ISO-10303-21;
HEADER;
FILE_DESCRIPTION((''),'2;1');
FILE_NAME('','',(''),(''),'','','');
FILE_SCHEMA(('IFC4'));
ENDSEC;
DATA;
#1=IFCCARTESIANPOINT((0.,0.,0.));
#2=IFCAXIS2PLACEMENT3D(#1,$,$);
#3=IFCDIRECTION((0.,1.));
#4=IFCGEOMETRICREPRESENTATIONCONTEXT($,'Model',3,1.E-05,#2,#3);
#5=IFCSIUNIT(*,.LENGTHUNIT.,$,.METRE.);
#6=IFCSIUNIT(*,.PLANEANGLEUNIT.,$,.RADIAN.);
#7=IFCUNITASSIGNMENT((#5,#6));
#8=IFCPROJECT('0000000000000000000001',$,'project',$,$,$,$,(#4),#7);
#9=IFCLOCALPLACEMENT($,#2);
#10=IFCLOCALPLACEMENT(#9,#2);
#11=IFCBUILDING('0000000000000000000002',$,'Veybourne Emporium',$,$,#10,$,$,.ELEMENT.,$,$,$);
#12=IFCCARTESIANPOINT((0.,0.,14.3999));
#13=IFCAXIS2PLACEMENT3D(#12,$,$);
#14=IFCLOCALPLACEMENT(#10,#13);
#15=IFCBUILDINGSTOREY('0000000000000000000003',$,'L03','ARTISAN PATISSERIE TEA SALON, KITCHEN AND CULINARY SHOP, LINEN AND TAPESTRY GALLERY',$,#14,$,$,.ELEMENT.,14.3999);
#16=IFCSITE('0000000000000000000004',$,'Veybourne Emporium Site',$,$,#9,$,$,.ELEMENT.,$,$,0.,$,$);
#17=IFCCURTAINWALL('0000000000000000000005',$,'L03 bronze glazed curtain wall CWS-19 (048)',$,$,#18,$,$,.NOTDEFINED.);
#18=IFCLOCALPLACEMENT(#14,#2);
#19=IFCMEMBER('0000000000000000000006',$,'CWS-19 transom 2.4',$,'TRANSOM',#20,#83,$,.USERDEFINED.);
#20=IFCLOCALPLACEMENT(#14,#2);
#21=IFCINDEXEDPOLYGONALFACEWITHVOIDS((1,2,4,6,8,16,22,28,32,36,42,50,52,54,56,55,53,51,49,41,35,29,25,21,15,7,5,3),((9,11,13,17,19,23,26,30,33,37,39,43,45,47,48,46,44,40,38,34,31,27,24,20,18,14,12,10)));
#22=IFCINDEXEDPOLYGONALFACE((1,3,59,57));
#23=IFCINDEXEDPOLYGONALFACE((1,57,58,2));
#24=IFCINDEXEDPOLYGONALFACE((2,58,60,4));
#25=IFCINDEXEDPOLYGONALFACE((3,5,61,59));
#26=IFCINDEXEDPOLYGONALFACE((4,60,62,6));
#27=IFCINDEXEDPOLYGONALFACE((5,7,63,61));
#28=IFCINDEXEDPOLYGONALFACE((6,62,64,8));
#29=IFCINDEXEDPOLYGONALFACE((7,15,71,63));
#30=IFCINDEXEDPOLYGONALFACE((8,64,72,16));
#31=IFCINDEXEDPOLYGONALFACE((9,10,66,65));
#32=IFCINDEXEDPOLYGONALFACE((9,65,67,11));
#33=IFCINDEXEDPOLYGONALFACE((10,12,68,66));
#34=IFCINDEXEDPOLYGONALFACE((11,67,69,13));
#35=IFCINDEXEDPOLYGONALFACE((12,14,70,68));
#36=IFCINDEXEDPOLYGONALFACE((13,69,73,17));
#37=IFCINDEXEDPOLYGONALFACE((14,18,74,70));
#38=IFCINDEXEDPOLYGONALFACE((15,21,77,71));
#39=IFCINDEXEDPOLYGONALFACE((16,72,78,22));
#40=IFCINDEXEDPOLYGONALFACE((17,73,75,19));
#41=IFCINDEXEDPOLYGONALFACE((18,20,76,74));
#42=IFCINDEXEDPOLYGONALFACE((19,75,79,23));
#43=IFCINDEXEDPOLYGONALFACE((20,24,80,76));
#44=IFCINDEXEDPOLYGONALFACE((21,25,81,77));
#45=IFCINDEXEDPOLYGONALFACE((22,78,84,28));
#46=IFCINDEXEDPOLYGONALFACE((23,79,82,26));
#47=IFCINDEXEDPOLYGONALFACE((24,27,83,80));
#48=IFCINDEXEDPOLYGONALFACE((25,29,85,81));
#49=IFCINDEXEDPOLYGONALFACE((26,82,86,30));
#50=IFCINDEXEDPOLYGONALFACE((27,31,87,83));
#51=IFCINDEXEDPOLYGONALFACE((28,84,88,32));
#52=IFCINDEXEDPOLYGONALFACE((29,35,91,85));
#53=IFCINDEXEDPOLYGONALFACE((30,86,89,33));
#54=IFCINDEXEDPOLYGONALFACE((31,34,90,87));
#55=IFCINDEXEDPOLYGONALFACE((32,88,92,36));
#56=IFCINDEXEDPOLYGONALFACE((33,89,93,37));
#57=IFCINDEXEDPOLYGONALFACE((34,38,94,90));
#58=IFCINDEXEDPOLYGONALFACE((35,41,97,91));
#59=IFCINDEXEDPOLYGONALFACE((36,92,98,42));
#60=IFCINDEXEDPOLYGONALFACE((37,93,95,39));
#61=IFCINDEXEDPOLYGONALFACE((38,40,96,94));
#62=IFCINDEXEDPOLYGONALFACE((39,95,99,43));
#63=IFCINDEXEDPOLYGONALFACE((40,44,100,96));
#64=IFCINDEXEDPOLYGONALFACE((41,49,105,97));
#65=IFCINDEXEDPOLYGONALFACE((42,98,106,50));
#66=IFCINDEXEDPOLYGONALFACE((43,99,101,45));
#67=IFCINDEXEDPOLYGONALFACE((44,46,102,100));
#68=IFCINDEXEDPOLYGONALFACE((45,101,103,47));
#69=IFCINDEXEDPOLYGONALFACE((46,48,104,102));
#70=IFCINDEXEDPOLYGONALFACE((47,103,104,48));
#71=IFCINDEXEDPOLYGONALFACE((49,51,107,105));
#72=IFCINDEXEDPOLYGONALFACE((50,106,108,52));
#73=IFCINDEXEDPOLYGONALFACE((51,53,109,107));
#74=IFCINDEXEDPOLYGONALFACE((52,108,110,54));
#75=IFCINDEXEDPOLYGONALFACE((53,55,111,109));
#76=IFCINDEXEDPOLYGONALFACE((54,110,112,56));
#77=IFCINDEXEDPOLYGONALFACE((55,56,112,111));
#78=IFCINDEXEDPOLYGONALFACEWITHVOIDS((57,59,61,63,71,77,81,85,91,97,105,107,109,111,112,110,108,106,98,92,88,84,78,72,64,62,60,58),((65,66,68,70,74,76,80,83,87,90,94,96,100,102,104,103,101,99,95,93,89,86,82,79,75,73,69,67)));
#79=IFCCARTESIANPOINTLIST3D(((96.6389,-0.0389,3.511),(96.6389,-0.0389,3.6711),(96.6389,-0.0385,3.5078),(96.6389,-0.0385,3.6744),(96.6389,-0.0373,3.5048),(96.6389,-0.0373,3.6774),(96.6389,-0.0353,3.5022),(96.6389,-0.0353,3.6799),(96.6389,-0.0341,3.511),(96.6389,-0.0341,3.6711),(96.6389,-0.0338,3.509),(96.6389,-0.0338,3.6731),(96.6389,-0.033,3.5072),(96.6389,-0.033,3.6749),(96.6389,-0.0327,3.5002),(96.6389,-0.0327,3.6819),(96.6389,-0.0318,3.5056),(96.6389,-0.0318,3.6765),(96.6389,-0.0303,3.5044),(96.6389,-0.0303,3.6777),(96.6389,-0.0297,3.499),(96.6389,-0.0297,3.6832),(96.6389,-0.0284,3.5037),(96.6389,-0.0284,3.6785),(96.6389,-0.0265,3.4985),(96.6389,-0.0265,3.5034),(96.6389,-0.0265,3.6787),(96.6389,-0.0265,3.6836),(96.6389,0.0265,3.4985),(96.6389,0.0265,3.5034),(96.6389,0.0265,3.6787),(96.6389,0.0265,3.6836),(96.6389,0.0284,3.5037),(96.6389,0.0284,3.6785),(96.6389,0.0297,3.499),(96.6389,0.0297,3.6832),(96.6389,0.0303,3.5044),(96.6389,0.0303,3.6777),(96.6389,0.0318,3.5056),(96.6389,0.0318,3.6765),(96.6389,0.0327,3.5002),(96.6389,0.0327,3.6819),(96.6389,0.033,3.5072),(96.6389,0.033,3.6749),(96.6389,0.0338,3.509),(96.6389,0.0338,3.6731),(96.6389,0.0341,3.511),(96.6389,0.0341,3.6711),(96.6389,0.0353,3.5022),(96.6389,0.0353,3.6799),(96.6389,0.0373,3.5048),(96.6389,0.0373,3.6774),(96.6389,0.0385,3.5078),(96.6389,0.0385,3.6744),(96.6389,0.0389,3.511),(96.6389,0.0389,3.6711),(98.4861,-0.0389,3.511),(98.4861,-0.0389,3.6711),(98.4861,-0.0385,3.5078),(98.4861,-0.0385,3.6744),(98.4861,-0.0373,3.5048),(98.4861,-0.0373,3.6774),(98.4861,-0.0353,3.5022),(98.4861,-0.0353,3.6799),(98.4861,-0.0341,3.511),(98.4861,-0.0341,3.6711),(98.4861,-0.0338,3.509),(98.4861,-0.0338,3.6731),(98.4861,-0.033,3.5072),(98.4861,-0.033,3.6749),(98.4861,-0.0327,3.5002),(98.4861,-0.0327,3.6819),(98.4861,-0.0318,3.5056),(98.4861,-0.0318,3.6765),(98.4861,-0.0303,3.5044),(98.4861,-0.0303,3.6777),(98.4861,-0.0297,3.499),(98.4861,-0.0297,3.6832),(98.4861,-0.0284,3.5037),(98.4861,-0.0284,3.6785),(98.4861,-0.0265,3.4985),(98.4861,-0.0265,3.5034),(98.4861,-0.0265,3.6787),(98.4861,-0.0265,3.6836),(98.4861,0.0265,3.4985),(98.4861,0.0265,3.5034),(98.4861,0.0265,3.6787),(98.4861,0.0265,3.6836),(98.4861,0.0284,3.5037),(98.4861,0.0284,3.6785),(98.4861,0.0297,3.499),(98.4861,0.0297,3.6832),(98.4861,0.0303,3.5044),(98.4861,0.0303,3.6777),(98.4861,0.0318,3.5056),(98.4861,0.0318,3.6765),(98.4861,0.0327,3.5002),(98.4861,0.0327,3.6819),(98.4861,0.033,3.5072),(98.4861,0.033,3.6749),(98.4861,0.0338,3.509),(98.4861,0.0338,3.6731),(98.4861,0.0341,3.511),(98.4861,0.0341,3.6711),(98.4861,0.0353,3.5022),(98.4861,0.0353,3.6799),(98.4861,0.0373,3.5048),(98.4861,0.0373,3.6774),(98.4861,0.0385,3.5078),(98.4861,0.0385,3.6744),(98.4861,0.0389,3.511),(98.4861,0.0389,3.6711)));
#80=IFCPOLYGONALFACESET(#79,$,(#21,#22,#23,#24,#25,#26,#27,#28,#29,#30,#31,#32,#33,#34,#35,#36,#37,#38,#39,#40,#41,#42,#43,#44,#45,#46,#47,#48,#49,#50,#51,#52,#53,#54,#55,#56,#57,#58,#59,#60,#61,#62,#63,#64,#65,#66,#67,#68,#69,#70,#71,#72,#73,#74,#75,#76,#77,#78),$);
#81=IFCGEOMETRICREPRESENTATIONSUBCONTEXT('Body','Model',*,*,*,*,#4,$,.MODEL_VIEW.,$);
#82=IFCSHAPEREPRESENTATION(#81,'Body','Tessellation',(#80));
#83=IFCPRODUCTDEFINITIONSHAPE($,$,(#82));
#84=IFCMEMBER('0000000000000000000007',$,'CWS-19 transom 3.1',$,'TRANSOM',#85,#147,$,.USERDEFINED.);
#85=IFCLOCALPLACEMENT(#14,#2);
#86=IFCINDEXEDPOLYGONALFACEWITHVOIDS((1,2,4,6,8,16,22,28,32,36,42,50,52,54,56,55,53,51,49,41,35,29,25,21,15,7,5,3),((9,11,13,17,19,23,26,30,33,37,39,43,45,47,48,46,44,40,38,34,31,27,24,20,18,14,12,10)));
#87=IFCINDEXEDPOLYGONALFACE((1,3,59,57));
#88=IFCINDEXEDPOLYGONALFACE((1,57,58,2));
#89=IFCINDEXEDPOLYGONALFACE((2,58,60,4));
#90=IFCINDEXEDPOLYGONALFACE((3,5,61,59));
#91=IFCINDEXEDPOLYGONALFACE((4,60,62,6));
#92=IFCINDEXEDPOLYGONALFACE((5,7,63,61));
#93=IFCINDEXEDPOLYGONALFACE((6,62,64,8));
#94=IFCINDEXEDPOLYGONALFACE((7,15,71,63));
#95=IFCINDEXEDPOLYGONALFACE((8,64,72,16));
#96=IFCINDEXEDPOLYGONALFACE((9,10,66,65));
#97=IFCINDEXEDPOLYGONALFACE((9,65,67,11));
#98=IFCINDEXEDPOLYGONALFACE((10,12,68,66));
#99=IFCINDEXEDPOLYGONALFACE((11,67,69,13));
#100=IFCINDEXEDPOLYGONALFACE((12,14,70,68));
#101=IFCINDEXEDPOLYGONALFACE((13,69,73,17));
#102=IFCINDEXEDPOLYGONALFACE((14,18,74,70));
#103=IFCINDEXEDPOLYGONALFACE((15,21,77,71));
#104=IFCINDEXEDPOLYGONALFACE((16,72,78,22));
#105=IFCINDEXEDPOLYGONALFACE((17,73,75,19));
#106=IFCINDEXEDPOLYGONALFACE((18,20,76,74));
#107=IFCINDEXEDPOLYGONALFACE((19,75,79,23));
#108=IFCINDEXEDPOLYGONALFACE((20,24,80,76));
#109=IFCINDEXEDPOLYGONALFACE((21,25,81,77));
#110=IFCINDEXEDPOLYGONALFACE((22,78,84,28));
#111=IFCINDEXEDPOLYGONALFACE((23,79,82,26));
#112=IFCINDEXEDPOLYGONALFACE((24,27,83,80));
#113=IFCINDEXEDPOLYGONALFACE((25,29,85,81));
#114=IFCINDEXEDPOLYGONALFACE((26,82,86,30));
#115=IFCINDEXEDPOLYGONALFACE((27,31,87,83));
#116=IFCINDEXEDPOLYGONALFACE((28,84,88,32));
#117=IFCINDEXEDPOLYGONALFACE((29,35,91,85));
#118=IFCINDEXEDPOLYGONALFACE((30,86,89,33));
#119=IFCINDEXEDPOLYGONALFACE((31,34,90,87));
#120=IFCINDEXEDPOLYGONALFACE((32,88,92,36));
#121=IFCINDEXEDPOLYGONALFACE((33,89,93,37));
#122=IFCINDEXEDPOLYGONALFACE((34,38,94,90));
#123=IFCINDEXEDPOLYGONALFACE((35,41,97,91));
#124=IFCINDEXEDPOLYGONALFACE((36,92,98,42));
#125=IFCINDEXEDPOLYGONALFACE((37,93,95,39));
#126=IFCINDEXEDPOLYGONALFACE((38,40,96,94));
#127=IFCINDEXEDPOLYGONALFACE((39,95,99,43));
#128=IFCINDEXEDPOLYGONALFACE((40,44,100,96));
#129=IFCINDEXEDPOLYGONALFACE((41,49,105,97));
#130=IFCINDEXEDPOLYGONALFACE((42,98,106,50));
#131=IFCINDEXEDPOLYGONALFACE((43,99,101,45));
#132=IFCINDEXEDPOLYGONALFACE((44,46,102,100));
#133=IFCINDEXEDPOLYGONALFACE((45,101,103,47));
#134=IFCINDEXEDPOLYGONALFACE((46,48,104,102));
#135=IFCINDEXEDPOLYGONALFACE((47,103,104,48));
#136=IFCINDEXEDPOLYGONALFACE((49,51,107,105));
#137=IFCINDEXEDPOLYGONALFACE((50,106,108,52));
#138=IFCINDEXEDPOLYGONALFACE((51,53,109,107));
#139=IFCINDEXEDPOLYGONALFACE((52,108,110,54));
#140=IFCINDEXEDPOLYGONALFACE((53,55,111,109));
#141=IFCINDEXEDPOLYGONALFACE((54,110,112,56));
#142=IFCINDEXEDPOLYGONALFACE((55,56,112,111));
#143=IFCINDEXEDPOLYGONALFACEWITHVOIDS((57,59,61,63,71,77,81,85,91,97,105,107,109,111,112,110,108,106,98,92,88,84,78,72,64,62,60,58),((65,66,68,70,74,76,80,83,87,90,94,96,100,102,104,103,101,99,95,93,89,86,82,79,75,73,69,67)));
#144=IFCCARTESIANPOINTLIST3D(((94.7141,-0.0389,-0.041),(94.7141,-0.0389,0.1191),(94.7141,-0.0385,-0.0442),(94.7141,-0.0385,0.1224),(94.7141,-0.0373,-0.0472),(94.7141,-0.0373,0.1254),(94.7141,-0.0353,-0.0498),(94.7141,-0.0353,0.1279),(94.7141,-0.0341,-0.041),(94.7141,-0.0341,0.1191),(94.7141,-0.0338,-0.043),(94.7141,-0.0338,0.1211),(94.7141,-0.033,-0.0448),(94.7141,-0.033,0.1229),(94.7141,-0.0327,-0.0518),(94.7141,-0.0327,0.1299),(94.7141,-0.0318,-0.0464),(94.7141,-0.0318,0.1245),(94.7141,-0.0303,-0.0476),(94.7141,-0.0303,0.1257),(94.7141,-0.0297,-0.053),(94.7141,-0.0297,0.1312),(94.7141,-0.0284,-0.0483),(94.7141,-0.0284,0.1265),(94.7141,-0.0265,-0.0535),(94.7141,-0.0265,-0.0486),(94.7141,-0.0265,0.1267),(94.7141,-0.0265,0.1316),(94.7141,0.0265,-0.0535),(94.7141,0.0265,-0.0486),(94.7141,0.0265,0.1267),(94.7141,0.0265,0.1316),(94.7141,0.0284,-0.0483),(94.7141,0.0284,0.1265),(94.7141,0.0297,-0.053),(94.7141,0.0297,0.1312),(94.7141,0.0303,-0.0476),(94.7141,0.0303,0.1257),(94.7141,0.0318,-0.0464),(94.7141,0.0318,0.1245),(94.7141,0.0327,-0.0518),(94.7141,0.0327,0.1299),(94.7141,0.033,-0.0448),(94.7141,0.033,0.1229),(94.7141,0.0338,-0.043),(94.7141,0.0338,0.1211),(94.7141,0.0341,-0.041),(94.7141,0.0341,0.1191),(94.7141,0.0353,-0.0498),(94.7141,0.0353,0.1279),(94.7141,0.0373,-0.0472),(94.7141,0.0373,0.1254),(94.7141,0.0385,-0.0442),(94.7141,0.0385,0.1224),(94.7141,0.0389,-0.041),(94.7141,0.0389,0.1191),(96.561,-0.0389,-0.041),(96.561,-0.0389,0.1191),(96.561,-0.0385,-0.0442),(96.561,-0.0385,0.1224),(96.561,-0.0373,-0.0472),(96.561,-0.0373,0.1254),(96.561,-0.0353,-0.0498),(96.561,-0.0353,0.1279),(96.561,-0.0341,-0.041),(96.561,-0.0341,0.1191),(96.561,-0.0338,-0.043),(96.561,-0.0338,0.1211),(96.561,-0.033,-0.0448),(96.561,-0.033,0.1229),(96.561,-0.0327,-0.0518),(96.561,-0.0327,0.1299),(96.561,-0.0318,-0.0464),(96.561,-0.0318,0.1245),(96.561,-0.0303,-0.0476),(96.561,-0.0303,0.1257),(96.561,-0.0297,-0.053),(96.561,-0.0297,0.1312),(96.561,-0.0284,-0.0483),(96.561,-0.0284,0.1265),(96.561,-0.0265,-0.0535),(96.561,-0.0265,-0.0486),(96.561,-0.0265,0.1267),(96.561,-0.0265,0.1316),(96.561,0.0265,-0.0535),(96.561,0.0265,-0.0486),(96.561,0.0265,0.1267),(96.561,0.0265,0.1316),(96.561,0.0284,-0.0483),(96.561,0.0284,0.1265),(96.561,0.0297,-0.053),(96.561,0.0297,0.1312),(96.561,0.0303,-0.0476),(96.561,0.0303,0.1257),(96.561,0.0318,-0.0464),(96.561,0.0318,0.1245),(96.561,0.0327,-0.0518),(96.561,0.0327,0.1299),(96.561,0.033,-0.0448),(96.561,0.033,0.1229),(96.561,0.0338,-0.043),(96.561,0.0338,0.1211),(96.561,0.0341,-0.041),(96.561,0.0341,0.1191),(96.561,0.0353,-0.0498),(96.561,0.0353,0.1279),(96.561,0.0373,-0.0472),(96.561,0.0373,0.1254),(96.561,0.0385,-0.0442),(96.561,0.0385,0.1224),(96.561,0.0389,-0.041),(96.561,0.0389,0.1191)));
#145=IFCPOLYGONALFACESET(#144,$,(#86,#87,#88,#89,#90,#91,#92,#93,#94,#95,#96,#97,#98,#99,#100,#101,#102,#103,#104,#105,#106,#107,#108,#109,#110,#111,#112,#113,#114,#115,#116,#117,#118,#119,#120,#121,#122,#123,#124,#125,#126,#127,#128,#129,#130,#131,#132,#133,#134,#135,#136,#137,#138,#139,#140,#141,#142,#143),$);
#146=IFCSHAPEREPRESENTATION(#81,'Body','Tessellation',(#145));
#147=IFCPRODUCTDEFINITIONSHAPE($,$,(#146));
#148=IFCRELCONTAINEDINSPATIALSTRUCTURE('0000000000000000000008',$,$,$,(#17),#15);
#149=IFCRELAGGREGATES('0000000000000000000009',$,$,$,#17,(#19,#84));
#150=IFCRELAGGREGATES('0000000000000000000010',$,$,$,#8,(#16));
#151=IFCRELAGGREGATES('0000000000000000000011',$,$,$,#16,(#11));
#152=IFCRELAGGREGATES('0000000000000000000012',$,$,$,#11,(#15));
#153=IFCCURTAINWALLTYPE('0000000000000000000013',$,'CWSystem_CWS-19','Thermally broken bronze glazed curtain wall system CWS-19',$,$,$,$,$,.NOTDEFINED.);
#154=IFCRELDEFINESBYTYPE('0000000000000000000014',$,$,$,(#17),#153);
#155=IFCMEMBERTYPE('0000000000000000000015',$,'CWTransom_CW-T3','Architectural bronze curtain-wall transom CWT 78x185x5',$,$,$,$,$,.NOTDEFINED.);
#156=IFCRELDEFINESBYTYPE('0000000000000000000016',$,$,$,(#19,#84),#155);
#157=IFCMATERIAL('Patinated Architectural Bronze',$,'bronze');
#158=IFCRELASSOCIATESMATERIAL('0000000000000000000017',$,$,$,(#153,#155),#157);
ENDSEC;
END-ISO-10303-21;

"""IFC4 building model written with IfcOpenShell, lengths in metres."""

from ifc_helpers import new_model, si_unit, direction, frame, origin, origin_2d, place, context, subcontext, project, spatial, hollow_rectangle, extrude, material, material_profile, profile_set, type_object, element, aggregate, save


model = new_model("IFC4")

# Units and contexts
model_context = context("Model", 3, precision=1e-05, world=origin(), true_north=direction((0.0, 1.0)))
body_context = subcontext(model_context, "Body", "Model", "MODEL_VIEW")
ifc_project = project(units=[si_unit("LENGTHUNIT", "METRE"), si_unit("PLANEANGLEUNIT", "RADIAN")], contexts=[model_context])

# Site, building, storey
site_placement = place(None, origin())
site = spatial("IfcSite", under=ifc_project, at=site_placement, Name="Veybourne Emporium Site", CompositionType="ELEMENT", RefElevation=0.0)
building_placement = place(site_placement, origin())
building = spatial("IfcBuilding", under=site, at=building_placement, Name="Veybourne Emporium", CompositionType="ELEMENT")
storey_placement = place(building_placement, frame((0.0, 0.0, 14.3999)))
storey = spatial("IfcBuildingStorey", under=building, at=storey_placement, Name="L03", Description="ARTISAN PATISSERIE TEA SALON, KITCHEN AND CULINARY SHOP, LINEN AND TAPESTRY GALLERY", CompositionType="ELEMENT", Elevation=14.3999)

# Curtain wall, members
ifc_material_1 = material(Name="Patinated Architectural Bronze", Category="bronze")
curtain_wall_type = type_object("IfcCurtainWallType", Name="CWSystem_CWS-19", Description="Thermally broken bronze glazed curtain wall system CWS-19", PredefinedType="NOTDEFINED", material=ifc_material_1)
curtain_wall_placement = place(storey_placement, origin())
curtain_wall = element("IfcCurtainWall", 1, at=curtain_wall_placement, inside=storey, type_object=curtain_wall_type, Name="L03 bronze glazed curtain wall CWS-19 (048)", PredefinedType="NOTDEFINED")
ifc_material_profile_1 = material_profile(ifc_material_1, hollow_rectangle(XDim=0.0779, YDim=0.1851, WallThickness=0.0049, InnerFilletRadius=0.0076, OuterFilletRadius=0.0125, at=origin_2d()), Name="CWT 78x185x5")
ifc_profile_set_1 = profile_set([ifc_material_profile_1], Name="Patinated Architectural Bronze")
member_type_1 = type_object("IfcMemberType", Name="CWTransom_CW-T3", Description="Architectural bronze curtain-wall transom CWT 78x185x5", PredefinedType="NOTDEFINED", material=ifc_profile_set_1)
member_1_placement = place(storey_placement, frame((98.4861, 0.0, 3.5911), z_axis=(-1.0, 0.0, 0.0), x_axis=(0.0, -1.0, 0.0)))
member_1 = element("IfcMember", 2, at=member_1_placement, type_object=member_type_1, Name="CWS-19 transom 2.4", ObjectType="TRANSOM", PredefinedType="USERDEFINED", context=body_context, shape_type="SweptSolid", body=[
    extrude(hollow_rectangle(XDim=0.0779, YDim=0.1851, WallThickness=0.0049, InnerFilletRadius=0.0076, OuterFilletRadius=0.0125, at=origin_2d()), origin(), (0.0, 0.0, 1.0), 1.8472),
])
member_2_placement = place(storey_placement, frame((96.561, 0.0, 0.0391), z_axis=(-1.0, 0.0, 0.0), x_axis=(0.0, -1.0, 0.0)))
member_2 = element("IfcMember", 3, at=member_2_placement, type_object=member_type_1, Name="CWS-19 transom 3.1", ObjectType="TRANSOM", PredefinedType="USERDEFINED", context=body_context, shape_type="SweptSolid", body=[
    extrude(hollow_rectangle(XDim=0.0779, YDim=0.1851, WallThickness=0.0049, InnerFilletRadius=0.0076, OuterFilletRadius=0.0125, at=origin_2d()), origin(), (0.0, 0.0, 1.0), 1.8469),
])
aggregate(curtain_wall, [member_1, member_2])

save(model, "model.ifc")
